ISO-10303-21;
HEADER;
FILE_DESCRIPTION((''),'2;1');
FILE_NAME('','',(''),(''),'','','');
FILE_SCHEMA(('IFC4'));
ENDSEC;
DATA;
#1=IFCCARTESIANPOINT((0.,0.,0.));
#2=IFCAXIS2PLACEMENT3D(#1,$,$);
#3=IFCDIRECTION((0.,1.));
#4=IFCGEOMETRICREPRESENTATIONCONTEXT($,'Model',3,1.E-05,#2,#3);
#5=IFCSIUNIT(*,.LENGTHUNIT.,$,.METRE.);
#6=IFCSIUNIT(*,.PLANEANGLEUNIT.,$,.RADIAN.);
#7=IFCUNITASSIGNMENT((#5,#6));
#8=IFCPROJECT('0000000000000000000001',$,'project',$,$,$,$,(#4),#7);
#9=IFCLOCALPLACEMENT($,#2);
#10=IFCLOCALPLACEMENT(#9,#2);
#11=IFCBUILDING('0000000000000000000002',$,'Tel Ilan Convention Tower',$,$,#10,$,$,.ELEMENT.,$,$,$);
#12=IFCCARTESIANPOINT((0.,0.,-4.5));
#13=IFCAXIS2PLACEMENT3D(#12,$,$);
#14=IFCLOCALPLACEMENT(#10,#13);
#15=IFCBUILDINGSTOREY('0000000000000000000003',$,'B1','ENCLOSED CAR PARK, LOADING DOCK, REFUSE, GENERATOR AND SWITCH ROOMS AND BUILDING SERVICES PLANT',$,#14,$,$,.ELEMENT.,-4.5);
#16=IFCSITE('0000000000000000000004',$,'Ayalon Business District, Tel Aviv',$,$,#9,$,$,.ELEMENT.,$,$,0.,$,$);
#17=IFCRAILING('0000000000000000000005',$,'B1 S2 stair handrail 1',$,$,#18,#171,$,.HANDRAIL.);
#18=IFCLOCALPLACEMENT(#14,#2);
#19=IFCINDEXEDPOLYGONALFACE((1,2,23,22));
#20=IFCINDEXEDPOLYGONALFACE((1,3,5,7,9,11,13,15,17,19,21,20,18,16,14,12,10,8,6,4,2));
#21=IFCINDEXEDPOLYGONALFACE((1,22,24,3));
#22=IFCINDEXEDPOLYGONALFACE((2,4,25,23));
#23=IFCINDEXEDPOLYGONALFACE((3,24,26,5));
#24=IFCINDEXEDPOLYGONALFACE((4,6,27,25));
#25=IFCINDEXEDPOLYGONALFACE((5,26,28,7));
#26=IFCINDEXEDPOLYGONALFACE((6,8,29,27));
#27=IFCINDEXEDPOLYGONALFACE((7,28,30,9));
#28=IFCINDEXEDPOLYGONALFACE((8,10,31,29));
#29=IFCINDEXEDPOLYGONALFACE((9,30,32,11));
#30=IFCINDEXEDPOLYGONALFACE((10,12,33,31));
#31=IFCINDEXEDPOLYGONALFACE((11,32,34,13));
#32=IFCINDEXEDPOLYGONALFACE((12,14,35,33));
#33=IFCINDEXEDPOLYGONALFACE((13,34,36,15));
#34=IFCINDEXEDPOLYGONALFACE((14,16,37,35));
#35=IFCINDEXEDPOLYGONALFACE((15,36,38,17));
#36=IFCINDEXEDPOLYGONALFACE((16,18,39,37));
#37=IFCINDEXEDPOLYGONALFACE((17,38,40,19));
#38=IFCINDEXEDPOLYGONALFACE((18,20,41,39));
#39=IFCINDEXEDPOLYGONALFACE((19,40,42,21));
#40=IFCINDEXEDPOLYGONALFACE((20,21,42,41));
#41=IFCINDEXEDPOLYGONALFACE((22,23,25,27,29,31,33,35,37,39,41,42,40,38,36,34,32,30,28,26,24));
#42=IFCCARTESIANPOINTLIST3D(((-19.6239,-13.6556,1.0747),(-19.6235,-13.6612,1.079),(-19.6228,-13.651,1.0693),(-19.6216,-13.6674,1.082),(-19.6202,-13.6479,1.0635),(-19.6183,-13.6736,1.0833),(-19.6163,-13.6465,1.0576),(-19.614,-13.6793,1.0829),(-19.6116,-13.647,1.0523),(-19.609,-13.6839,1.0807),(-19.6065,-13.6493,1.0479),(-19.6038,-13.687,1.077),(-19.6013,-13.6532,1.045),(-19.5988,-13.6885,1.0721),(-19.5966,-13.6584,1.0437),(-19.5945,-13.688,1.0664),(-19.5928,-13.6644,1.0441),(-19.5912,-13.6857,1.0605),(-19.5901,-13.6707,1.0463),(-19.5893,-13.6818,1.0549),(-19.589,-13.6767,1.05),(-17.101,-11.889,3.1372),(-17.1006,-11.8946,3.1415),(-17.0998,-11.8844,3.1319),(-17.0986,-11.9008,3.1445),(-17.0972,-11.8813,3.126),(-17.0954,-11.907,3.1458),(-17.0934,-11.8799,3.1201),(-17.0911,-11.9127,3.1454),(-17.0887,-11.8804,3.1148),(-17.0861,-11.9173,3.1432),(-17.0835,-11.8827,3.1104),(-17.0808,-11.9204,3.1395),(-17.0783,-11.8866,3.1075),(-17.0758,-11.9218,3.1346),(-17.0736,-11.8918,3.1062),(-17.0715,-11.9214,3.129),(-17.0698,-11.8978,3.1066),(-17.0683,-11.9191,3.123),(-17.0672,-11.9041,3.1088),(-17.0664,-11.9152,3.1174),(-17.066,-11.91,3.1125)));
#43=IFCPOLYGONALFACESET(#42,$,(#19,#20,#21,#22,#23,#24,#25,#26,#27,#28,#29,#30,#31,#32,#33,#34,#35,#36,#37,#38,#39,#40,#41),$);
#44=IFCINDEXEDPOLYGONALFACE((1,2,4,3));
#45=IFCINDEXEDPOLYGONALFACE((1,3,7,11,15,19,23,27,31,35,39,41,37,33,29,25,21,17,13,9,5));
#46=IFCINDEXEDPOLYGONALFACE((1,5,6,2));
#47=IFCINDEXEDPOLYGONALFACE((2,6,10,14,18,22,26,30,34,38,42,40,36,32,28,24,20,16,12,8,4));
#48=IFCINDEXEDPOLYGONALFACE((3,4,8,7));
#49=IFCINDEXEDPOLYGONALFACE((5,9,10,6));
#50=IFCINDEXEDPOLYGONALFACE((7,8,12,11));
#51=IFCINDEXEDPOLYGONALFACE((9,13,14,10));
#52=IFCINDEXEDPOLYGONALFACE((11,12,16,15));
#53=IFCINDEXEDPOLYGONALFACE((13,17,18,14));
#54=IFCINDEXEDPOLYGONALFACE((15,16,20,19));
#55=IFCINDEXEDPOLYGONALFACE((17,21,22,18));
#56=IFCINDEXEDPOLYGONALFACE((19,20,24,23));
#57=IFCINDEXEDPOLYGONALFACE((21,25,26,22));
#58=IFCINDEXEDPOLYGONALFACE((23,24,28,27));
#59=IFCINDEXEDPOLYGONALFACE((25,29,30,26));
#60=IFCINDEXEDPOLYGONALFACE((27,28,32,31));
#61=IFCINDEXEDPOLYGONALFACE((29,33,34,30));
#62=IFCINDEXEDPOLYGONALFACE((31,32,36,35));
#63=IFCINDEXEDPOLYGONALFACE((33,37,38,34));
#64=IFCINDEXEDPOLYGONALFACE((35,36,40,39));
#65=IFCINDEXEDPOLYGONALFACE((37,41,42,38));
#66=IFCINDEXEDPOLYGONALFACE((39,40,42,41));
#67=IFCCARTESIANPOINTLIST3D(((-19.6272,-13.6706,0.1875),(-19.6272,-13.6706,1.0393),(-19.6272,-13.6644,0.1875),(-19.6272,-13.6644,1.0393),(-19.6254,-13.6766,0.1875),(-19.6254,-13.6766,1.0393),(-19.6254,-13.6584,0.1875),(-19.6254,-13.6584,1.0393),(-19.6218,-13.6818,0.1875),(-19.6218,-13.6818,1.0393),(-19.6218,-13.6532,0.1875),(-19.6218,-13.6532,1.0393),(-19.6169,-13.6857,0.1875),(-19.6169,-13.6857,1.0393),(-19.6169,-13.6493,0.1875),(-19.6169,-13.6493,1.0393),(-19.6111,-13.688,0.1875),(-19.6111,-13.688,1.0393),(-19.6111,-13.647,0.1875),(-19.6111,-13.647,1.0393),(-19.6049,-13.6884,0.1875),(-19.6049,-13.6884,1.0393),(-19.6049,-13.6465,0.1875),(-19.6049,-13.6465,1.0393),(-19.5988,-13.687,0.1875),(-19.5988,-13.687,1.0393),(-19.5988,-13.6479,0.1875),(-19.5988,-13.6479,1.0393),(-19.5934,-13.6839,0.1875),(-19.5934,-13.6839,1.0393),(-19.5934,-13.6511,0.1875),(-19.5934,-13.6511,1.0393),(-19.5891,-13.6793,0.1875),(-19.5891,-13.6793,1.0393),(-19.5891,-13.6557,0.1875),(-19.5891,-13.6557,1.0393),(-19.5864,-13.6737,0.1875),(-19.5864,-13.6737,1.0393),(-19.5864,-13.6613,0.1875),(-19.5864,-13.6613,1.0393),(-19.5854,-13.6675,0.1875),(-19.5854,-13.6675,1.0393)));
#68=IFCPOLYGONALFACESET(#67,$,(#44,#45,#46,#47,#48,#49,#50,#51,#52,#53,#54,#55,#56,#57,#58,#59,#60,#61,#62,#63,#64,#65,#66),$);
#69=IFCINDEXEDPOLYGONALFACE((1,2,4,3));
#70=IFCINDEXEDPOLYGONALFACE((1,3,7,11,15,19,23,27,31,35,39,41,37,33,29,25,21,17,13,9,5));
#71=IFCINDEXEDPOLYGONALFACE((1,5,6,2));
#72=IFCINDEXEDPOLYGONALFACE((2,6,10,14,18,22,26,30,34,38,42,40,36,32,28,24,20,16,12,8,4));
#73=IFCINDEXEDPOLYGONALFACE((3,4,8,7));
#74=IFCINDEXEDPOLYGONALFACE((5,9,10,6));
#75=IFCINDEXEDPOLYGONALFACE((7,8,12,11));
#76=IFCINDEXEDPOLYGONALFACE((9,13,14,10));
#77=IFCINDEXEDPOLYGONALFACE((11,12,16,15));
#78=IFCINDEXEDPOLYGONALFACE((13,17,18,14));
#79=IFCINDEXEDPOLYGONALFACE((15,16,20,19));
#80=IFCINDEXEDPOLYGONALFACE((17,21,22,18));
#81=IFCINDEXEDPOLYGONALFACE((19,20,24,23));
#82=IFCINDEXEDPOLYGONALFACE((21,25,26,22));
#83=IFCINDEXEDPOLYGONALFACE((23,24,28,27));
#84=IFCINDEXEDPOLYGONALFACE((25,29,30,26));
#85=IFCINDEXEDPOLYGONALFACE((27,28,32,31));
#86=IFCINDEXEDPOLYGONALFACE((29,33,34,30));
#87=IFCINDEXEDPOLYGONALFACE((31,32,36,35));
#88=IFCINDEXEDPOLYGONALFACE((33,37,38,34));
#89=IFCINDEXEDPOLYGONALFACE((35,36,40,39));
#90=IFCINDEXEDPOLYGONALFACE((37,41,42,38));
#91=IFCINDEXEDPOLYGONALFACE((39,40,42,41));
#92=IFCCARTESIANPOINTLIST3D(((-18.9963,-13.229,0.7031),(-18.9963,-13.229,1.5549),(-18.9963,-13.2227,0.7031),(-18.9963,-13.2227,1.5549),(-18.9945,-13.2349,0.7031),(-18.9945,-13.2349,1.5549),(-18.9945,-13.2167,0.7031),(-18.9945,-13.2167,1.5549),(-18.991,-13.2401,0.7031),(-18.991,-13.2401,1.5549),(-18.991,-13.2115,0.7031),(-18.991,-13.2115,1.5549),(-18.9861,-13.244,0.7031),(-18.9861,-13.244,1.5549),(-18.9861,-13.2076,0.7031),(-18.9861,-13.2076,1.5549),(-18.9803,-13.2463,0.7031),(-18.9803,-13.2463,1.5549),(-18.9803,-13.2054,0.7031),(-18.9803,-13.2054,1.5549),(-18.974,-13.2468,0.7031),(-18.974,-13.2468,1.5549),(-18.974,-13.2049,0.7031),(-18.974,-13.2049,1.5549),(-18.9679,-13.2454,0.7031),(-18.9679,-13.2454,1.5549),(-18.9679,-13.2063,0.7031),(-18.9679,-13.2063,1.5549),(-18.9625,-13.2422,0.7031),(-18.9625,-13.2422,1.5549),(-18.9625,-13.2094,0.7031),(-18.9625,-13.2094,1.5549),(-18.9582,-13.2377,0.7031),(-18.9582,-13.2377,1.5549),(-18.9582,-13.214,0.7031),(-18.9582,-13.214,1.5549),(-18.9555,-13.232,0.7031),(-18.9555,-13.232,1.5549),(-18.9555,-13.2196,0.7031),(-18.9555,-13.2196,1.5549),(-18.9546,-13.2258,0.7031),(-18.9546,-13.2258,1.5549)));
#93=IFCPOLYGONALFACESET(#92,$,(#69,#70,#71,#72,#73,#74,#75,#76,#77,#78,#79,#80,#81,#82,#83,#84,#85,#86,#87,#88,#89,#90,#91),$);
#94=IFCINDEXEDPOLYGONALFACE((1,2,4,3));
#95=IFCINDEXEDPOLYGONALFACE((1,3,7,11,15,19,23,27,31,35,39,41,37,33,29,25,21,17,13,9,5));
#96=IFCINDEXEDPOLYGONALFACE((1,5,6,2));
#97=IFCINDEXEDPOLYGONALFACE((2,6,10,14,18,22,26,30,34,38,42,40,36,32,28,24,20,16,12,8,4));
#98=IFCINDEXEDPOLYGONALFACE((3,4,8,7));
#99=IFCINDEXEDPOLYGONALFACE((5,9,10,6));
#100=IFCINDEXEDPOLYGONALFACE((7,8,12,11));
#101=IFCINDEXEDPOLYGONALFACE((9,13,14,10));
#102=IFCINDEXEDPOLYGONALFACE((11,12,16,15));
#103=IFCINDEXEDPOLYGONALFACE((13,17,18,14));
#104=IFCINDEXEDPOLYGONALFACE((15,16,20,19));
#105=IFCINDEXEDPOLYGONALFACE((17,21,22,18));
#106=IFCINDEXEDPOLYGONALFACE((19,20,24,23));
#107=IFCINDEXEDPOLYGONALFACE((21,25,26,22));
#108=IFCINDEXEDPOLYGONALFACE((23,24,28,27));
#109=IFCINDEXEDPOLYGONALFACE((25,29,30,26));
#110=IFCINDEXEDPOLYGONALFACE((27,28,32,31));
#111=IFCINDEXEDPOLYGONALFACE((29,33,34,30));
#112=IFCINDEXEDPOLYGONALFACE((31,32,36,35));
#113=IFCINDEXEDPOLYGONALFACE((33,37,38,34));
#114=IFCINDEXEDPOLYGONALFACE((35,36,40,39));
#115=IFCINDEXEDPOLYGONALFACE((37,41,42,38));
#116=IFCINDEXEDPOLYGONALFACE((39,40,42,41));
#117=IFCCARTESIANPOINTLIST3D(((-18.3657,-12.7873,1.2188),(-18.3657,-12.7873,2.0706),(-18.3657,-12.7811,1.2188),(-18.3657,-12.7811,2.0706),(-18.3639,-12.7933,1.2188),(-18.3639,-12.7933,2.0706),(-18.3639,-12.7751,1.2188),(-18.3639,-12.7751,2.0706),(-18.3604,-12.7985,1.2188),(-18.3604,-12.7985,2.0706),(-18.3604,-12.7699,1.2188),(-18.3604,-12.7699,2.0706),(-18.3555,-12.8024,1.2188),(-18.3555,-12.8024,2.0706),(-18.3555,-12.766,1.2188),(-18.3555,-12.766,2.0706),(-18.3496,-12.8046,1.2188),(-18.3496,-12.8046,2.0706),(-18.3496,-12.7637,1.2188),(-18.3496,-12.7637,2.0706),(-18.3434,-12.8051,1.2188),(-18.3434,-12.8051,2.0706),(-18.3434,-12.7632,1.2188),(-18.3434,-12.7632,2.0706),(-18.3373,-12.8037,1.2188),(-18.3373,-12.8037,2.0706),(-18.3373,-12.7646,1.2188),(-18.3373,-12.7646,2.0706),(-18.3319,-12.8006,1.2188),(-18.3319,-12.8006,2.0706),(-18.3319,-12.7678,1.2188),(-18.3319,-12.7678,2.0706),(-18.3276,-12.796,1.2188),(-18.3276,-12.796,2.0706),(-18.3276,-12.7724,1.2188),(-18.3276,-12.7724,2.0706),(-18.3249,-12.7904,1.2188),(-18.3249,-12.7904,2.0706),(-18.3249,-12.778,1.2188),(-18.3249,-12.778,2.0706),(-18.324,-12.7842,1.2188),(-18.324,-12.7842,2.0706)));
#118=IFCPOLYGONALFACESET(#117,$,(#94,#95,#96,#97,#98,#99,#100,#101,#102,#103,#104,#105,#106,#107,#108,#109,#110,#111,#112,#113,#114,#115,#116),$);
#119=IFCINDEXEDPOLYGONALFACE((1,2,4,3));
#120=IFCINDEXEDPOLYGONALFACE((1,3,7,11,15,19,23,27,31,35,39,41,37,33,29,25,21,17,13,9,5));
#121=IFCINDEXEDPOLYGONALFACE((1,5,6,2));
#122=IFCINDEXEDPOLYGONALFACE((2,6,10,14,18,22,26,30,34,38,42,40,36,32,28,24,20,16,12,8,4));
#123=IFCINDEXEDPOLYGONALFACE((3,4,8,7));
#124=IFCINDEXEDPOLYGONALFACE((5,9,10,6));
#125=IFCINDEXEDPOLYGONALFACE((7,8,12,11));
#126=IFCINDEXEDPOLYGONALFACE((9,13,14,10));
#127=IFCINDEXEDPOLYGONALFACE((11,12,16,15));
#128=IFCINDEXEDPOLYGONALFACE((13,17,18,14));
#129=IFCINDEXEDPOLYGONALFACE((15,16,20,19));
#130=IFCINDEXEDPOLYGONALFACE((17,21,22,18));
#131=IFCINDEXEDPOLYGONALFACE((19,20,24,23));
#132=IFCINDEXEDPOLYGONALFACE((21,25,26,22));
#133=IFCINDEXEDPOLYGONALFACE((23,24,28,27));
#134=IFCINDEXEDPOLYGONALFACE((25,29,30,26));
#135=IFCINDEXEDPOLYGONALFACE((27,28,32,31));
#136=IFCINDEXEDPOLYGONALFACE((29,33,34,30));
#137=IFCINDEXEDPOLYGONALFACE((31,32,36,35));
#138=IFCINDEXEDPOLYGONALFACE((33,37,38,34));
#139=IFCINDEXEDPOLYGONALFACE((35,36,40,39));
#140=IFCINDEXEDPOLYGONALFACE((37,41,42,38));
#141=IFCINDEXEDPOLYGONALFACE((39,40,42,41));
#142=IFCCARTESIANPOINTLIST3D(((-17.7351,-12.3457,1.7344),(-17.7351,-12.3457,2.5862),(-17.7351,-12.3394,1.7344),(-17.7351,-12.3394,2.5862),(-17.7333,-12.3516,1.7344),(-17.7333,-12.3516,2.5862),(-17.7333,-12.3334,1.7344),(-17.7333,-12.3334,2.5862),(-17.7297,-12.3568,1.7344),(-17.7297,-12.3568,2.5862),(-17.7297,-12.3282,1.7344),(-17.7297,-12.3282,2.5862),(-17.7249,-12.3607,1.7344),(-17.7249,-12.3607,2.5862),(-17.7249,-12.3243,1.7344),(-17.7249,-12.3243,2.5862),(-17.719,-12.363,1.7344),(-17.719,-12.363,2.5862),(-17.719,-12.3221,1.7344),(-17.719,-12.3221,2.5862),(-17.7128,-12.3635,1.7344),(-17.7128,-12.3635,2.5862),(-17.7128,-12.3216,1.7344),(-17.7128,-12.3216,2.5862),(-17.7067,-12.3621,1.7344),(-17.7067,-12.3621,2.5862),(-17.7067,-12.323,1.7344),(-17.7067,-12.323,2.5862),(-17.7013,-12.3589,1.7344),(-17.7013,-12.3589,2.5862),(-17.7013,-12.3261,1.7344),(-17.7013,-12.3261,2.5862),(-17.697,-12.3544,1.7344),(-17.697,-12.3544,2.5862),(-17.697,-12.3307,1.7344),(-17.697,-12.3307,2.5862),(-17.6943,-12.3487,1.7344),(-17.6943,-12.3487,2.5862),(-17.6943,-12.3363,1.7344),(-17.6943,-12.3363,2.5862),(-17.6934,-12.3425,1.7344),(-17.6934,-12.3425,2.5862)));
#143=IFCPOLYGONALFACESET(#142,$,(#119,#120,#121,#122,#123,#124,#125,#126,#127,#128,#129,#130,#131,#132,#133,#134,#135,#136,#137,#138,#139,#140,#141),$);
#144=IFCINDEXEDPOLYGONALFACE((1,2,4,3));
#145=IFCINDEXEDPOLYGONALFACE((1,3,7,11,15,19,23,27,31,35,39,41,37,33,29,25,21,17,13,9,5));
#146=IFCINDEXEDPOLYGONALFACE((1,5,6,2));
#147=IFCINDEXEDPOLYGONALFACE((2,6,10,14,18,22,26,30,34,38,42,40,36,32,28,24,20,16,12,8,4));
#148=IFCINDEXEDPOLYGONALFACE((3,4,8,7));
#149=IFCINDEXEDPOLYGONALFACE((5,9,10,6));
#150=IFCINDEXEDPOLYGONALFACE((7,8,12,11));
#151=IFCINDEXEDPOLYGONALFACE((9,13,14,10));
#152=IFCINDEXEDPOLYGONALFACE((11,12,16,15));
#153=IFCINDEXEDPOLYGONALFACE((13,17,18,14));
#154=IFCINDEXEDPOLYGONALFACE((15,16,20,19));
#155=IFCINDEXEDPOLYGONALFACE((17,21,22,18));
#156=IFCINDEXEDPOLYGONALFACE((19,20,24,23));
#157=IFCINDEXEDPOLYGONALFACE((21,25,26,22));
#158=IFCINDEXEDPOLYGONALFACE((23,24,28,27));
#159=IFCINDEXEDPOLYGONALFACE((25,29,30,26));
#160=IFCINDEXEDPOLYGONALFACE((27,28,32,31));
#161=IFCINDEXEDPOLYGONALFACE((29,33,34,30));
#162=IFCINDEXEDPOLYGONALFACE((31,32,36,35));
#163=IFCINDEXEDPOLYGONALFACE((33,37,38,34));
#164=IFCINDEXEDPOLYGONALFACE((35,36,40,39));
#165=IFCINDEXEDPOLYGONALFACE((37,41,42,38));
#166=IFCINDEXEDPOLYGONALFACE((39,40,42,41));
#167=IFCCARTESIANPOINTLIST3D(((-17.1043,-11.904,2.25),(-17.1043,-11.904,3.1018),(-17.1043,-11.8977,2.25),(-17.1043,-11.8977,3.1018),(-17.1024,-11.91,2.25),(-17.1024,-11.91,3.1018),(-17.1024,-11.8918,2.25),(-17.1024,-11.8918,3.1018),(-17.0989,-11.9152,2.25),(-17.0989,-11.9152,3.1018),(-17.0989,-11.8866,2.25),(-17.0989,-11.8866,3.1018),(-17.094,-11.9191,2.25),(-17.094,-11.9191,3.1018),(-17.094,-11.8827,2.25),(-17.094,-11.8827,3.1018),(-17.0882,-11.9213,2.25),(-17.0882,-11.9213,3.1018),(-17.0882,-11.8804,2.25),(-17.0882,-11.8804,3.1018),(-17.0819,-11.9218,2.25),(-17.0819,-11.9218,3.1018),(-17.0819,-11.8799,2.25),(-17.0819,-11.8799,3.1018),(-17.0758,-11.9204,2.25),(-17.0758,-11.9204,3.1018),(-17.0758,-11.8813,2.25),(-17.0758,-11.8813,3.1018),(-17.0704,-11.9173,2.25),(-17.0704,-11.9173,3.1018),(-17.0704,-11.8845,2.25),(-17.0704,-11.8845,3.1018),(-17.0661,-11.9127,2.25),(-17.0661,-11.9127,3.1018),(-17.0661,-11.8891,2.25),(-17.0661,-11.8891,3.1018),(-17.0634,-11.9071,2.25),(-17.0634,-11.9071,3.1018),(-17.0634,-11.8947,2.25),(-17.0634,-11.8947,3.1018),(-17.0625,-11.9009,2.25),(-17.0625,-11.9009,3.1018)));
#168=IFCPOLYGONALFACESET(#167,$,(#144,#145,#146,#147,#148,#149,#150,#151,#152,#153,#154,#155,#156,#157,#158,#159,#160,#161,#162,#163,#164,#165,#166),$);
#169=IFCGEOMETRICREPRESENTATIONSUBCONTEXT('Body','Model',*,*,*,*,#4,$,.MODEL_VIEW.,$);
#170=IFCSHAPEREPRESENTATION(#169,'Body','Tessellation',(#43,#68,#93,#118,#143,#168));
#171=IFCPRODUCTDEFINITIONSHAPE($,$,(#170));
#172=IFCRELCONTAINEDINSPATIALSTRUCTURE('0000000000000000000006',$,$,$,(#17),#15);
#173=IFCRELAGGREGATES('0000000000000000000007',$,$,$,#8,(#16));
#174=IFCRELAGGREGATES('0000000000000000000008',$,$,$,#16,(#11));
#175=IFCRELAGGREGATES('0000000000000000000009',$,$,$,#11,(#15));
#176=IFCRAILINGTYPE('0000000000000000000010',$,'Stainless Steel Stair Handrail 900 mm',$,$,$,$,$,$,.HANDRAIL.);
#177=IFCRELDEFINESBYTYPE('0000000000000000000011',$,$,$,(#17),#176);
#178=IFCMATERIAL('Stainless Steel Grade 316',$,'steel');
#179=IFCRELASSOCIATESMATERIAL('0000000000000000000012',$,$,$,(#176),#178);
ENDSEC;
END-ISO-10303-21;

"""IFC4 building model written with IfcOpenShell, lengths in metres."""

from ifc_helpers import new_model, si_unit, direction, frame, origin, origin_2d, place, context, subcontext, project, spatial, circle, extrude, material, type_object, element, save


model = new_model("IFC4")

# Units and contexts
model_context = context("Model", 3, precision=1e-05, world=origin(), true_north=direction((0.0, 1.0)))
body_context = subcontext(model_context, "Body", "Model", "MODEL_VIEW")
ifc_project = project(units=[si_unit("LENGTHUNIT", "METRE"), si_unit("PLANEANGLEUNIT", "RADIAN")], contexts=[model_context])

# Site, building, storey
site_placement = place(None, origin())
site = spatial("IfcSite", under=ifc_project, at=site_placement, Name="Ayalon Business District, Tel Aviv", CompositionType="ELEMENT", RefElevation=0.0)
building_placement = place(site_placement, origin())
building = spatial("IfcBuilding", under=site, at=building_placement, Name="Tel Ilan Convention Tower", CompositionType="ELEMENT")
storey_placement = place(building_placement, frame((0.0, 0.0, -4.5)))
storey = spatial("IfcBuildingStorey", under=building, at=storey_placement, Name="B1", Description="ENCLOSED CAR PARK, LOADING DOCK, REFUSE, GENERATOR AND SWITCH ROOMS AND BUILDING SERVICES PLANT", CompositionType="ELEMENT", Elevation=-4.5)

# Railing
ifc_material_1 = material(Name="Stainless Steel Grade 316", Category="steel")
railing_type_1 = type_object("IfcRailingType", Name="Stainless Steel Stair Handrail 900 mm", PredefinedType="HANDRAIL", material=ifc_material_1)
railing_1_placement = place(storey_placement, frame((-19.6064, -13.6675, 0.1875)))
element("IfcRailing", 1, at=railing_1_placement, inside=storey, type_object=railing_type_1, Name="B1 S2 stair handrail 1", PredefinedType="HANDRAIL", context=body_context, shape_type="SweptSolid", body=[
    extrude(circle(Radius=0.0239, at=origin_2d()), frame((0.0, 0.0, 0.876), z_axis=(0.680635, 0.476589, 0.556416), x_axis=(-0.573579, 0.81915, 0.0)), (0.0, 0.0, 1.0), 3.7068),
    extrude(circle(Radius=0.021, at=origin_2d()), origin(), (0.0, 0.0, 1.0), 0.8518),
    extrude(circle(Radius=0.021, at=origin_2d()), frame((0.6309, 0.4417, 0.5156)), (0.0, 0.0, 1.0), 0.8518),
    extrude(circle(Radius=0.021, at=origin_2d()), frame((1.2615, 0.8833, 1.0312)), (0.0, 0.0, 1.0), 0.8518),
    extrude(circle(Radius=0.021, at=origin_2d()), frame((1.8921, 1.325, 1.5469)), (0.0, 0.0, 1.0), 0.8518),
    extrude(circle(Radius=0.021, at=origin_2d()), frame((2.5229, 1.7666, 2.0625)), (0.0, 0.0, 1.0), 0.8518),
])

save(model, "model.ifc")
